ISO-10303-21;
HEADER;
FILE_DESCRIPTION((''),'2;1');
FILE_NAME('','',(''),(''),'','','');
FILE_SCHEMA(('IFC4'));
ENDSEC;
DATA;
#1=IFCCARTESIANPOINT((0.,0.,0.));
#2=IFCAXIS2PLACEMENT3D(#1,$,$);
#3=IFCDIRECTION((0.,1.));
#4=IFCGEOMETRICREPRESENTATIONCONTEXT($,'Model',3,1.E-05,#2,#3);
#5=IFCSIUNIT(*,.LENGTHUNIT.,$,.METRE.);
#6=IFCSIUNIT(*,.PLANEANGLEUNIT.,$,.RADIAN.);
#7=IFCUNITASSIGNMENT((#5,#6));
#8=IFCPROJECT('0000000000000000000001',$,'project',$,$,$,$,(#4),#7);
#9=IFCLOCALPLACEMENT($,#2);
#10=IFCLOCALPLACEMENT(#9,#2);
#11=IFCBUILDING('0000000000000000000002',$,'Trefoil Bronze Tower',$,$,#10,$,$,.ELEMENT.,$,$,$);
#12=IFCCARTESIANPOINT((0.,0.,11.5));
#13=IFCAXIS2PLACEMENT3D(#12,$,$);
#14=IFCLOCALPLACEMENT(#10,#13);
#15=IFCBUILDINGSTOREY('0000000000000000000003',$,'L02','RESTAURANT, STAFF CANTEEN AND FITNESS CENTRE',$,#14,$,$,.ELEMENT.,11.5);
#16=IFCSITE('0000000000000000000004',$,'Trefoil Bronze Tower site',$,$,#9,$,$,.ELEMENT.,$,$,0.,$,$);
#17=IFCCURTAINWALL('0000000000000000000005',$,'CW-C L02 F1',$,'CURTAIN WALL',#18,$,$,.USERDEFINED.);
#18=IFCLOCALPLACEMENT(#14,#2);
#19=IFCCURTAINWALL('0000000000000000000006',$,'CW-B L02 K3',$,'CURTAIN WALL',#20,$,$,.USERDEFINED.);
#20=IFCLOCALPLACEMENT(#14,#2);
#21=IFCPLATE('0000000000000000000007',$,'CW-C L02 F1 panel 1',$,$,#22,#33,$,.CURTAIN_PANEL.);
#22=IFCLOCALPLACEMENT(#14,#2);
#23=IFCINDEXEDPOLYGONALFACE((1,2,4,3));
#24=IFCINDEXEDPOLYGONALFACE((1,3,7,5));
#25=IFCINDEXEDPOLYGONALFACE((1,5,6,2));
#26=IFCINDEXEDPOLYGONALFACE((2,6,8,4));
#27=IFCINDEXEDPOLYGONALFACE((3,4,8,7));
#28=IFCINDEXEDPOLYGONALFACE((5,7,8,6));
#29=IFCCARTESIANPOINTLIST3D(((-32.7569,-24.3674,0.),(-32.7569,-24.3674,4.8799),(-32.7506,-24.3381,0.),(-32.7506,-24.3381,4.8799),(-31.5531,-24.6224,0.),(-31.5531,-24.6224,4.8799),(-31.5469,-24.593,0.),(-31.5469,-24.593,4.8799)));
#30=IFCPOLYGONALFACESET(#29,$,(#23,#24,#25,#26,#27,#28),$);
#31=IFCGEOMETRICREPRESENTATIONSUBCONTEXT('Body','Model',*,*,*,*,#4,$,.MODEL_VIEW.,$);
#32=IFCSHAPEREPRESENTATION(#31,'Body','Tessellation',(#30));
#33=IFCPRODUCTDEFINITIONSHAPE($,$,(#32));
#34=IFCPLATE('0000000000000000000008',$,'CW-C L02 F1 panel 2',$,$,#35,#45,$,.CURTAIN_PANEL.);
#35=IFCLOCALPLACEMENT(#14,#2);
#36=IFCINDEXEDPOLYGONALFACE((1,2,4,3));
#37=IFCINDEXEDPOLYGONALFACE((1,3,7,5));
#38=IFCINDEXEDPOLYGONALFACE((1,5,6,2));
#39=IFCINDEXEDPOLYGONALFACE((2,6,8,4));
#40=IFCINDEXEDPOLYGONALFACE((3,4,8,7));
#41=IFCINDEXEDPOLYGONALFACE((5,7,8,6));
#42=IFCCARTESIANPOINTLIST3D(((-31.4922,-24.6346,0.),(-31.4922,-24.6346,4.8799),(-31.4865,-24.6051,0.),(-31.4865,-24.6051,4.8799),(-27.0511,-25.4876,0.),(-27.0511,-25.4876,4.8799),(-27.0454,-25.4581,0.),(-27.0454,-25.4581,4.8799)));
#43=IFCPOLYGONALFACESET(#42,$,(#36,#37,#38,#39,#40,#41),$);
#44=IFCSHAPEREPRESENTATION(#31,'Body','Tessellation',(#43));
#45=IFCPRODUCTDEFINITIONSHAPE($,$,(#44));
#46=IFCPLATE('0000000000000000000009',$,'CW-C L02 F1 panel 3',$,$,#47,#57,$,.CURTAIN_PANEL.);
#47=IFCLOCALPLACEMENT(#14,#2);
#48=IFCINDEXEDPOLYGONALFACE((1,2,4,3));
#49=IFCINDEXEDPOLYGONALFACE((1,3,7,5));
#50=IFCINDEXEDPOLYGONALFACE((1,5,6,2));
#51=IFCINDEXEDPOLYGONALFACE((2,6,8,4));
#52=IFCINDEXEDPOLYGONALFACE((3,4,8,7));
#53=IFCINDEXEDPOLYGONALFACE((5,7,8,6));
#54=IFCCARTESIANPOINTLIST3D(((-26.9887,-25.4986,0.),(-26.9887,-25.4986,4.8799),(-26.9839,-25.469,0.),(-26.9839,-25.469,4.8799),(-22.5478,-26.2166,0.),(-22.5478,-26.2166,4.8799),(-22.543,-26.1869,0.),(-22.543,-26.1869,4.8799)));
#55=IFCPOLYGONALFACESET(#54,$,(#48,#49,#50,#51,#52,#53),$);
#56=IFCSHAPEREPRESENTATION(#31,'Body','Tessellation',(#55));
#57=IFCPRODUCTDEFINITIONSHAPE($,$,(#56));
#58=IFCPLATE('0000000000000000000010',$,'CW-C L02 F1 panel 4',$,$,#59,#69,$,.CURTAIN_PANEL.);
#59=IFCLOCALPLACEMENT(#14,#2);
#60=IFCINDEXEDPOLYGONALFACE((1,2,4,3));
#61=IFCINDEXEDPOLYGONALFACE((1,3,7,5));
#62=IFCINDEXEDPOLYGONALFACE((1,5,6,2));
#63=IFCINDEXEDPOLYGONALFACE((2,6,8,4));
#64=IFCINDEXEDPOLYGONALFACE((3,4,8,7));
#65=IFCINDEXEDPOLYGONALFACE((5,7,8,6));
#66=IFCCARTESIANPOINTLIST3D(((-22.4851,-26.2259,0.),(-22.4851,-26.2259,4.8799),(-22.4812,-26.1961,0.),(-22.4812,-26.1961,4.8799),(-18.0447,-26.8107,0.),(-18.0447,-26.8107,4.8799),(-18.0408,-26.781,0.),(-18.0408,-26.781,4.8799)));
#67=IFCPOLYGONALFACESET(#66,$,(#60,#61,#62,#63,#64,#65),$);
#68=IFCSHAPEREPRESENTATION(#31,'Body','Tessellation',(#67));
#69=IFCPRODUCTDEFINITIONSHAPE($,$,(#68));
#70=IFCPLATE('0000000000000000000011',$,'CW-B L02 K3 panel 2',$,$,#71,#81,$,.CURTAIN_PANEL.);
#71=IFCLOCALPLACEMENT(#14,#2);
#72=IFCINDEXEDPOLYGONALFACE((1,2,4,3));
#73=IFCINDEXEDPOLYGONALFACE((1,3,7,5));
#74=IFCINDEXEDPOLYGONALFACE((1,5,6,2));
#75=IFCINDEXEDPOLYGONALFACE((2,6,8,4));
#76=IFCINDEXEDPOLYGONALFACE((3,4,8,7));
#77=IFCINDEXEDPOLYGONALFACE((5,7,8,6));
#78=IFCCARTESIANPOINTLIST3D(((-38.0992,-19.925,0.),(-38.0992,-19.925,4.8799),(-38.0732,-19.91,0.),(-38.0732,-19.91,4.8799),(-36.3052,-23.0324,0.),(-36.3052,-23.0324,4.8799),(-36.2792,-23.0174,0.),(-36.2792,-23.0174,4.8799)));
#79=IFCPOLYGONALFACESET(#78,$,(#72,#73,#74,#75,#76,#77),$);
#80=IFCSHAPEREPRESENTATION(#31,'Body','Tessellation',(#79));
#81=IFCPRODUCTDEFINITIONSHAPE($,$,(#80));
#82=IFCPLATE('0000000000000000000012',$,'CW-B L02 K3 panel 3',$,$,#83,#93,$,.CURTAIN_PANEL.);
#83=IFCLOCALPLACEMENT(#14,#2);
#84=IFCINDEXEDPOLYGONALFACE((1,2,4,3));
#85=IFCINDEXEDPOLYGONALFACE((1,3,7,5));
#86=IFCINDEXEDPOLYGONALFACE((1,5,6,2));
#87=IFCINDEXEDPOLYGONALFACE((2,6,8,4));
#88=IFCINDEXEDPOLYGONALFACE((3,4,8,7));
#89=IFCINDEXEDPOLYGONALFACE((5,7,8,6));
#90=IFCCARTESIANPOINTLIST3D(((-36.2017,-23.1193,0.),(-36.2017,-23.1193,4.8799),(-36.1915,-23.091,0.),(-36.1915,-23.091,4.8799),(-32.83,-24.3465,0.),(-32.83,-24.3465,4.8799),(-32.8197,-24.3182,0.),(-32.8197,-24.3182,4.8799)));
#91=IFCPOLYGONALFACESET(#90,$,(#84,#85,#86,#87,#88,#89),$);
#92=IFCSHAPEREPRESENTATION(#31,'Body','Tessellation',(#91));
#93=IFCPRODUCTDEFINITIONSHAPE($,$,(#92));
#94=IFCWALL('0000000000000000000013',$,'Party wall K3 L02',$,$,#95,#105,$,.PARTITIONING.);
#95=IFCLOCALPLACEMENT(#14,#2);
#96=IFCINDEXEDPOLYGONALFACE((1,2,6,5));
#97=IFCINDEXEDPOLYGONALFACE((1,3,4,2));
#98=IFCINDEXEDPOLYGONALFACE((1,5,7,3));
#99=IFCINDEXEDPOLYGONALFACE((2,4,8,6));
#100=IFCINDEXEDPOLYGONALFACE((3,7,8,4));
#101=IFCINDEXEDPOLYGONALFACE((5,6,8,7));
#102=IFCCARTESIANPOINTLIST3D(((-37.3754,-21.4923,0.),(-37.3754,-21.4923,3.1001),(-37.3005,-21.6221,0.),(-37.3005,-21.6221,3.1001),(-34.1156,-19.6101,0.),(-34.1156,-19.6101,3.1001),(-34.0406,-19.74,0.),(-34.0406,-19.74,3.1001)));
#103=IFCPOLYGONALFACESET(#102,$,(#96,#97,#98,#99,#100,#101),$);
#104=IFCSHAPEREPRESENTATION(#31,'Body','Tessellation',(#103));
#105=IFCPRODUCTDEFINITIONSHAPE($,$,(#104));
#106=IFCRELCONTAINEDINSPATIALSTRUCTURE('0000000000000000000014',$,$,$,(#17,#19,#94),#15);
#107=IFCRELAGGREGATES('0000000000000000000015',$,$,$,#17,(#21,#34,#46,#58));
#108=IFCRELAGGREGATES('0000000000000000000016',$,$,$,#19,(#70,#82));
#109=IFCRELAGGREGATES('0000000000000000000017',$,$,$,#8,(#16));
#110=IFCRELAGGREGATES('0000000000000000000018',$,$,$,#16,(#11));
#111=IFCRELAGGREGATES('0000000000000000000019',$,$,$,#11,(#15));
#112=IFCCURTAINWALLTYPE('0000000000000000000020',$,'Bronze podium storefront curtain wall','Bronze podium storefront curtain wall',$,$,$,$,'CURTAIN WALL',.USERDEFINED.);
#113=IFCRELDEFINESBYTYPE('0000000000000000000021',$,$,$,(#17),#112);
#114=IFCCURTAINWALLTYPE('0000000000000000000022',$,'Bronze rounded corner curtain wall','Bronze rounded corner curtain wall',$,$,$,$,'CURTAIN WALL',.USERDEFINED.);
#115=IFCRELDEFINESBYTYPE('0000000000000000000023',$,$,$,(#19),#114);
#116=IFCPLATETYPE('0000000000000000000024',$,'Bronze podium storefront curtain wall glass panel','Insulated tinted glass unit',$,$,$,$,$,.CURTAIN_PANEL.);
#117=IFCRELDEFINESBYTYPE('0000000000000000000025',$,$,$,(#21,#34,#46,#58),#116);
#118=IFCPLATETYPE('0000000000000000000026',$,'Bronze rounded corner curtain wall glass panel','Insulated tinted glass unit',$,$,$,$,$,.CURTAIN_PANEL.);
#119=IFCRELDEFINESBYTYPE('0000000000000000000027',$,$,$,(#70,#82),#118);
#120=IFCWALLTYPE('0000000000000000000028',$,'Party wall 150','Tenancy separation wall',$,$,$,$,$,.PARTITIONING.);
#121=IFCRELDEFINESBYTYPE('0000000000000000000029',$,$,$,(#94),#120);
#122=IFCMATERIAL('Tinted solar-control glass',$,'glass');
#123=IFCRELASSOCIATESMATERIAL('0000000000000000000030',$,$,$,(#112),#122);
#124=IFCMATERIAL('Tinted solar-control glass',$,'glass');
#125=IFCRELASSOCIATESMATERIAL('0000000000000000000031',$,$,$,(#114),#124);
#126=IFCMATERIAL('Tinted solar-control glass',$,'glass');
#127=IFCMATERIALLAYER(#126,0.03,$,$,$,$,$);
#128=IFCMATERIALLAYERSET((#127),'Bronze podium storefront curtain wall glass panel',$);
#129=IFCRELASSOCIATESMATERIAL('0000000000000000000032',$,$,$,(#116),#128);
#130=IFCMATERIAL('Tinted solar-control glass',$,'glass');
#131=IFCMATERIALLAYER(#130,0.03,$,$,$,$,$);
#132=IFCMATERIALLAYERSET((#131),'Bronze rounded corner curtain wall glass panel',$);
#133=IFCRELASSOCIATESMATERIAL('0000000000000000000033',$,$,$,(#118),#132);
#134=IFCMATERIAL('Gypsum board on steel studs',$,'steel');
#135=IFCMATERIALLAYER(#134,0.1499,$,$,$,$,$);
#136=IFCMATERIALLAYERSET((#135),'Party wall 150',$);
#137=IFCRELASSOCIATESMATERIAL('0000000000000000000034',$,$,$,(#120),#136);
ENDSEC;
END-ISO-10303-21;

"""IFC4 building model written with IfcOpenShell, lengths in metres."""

from ifc_helpers import new_model, si_unit, direction, frame, frame_2d, origin, origin_2d, place, context, subcontext, project, spatial, rectangle, extrude, material, layer, layer_set, type_object, element, aggregate, save


model = new_model("IFC4")

# Units and contexts
model_context = context("Model", 3, precision=1e-05, world=origin(), true_north=direction((0.0, 1.0)))
body_context = subcontext(model_context, "Body", "Model", "MODEL_VIEW")
ifc_project = project(units=[si_unit("LENGTHUNIT", "METRE"), si_unit("PLANEANGLEUNIT", "RADIAN")], contexts=[model_context])

# Site, building, storey
site_placement = place(None, origin())
site = spatial("IfcSite", under=ifc_project, at=site_placement, Name="Trefoil Bronze Tower site", CompositionType="ELEMENT", RefElevation=0.0)
building_placement = place(site_placement, origin())
building = spatial("IfcBuilding", under=site, at=building_placement, Name="Trefoil Bronze Tower", CompositionType="ELEMENT")
storey_placement = place(building_placement, frame((0.0, 0.0, 11.5)))
storey = spatial("IfcBuildingStorey", under=building, at=storey_placement, Name="L02", Description="RESTAURANT, STAFF CANTEEN AND FITNESS CENTRE", CompositionType="ELEMENT", Elevation=11.5)

# Curtain walls
ifc_material_1 = material(Name="Tinted solar-control glass", Category="glass")
curtain_wall_type_1 = type_object("IfcCurtainWallType", Name="Bronze podium storefront curtain wall", Description="Bronze podium storefront curtain wall", ElementType="CURTAIN WALL", PredefinedType="USERDEFINED", material=ifc_material_1)
curtain_wall_1_placement = place(storey_placement, origin())
curtain_wall_1 = element("IfcCurtainWall", 1, at=curtain_wall_1_placement, inside=storey, type_object=curtain_wall_type_1, Name="CW-C L02 F1", ObjectType="CURTAIN WALL", PredefinedType="USERDEFINED")
ifc_material_2 = material(Name="Tinted solar-control glass", Category="glass")
curtain_wall_type_2 = type_object("IfcCurtainWallType", Name="Bronze rounded corner curtain wall", Description="Bronze rounded corner curtain wall", ElementType="CURTAIN WALL", PredefinedType="USERDEFINED", material=ifc_material_2)
curtain_wall_2_placement = place(storey_placement, origin())
curtain_wall_2 = element("IfcCurtainWall", 2, at=curtain_wall_2_placement, inside=storey, type_object=curtain_wall_type_2, Name="CW-B L02 K3", ObjectType="CURTAIN WALL", PredefinedType="USERDEFINED")

# Plates
ifc_material_3 = material(Name="Tinted solar-control glass", Category="glass")
ifc_layer_1 = layer(ifc_material_3, 0.03)
ifc_layer_set_1 = layer_set([ifc_layer_1], Name="Bronze podium storefront curtain wall glass panel")
plate_type_1 = type_object("IfcPlateType", Name="Bronze podium storefront curtain wall glass panel", Description="Insulated tinted glass unit", PredefinedType="CURTAIN_PANEL", material=ifc_layer_set_1)
plate_1_placement = place(storey_placement, frame((-32.1519, -24.4802, 0.0), z_axis=(0.0, 0.0, 1.0), x_axis=(0.978303, -0.207181, 0.0)))
plate_1 = element("IfcPlate", 3, at=plate_1_placement, type_object=plate_type_1, Name="CW-C L02 F1 panel 1", PredefinedType="CURTAIN_PANEL", context=body_context, shape_type="SweptSolid", body=[
    extrude(rectangle(XDim=1.2305, YDim=0.03, at=origin_2d()), origin(), (0.0, 0.0, 1.0), 4.8799),
])
plate_2_placement = place(storey_placement, frame((-29.2688, -25.0464, 0.0), z_axis=(0.0, 0.0, 1.0), x_axis=(0.98205, -0.188622, 0.0)))
plate_2 = element("IfcPlate", 4, at=plate_2_placement, type_object=plate_type_1, Name="CW-C L02 F1 panel 2", PredefinedType="CURTAIN_PANEL", context=body_context, shape_type="SweptSolid", body=[
    extrude(rectangle(XDim=4.5222, YDim=0.03, at=origin_2d()), origin(), (0.0, 0.0, 1.0), 4.8799),
])
plate_3_placement = place(storey_placement, frame((-24.7659, -25.8428, 0.0), z_axis=(0.0, 0.0, 1.0), x_axis=(0.987181, -0.159603, 0.0)))
plate_3 = element("IfcPlate", 5, at=plate_3_placement, type_object=plate_type_1, Name="CW-C L02 F1 panel 3", PredefinedType="CURTAIN_PANEL", context=body_context, shape_type="SweptSolid", body=[
    extrude(rectangle(XDim=4.4985, YDim=0.03, at=origin_2d()), origin(), (0.0, 0.0, 1.0), 4.8799),
])
plate_4_placement = place(storey_placement, frame((-20.2629, -26.5034, 0.0), z_axis=(0.0, 0.0, 1.0), x_axis=(0.991437, -0.130584, 0.0)))
plate_4 = element("IfcPlate", 6, at=plate_4_placement, type_object=plate_type_1, Name="CW-C L02 F1 panel 4", PredefinedType="CURTAIN_PANEL", context=body_context, shape_type="SweptSolid", body=[
    extrude(rectangle(XDim=4.4788, YDim=0.03, at=origin_2d()), origin(), (0.0, 0.0, 1.0), 4.8799),
])
aggregate(curtain_wall_1, [plate_1, plate_2, plate_3, plate_4])
ifc_material_4 = material(Name="Tinted solar-control glass", Category="glass")
ifc_layer_2 = layer(ifc_material_4, 0.03)
ifc_layer_set_2 = layer_set([ifc_layer_2], Name="Bronze rounded corner curtain wall glass panel")
plate_type_2 = type_object("IfcPlateType", Name="Bronze rounded corner curtain wall glass panel", Description="Insulated tinted glass unit", PredefinedType="CURTAIN_PANEL", material=ifc_layer_set_2)
plate_5_placement = place(storey_placement, frame((-37.1892, -21.4712, 0.0), z_axis=(0.0, 0.0, 1.0), x_axis=(0.5, -0.866025, 0.0)))
plate_5 = element("IfcPlate", 7, at=plate_5_placement, type_object=plate_type_2, Name="CW-B L02 K3 panel 2", PredefinedType="CURTAIN_PANEL", context=body_context, shape_type="SweptSolid", body=[
    extrude(rectangle(XDim=3.5881, YDim=0.03, at=origin_2d()), origin(), (0.0, 0.0, 1.0), 4.8799),
])
plate_6_placement = place(storey_placement, frame((-34.5107, -23.7188, 0.0), z_axis=(0.0, 0.0, 1.0), x_axis=(0.939693, -0.34202, 0.0)))
plate_6 = element("IfcPlate", 8, at=plate_6_placement, type_object=plate_type_2, Name="CW-B L02 K3 panel 3", PredefinedType="CURTAIN_PANEL", context=body_context, shape_type="SweptSolid", body=[
    extrude(rectangle(XDim=3.5881, YDim=0.03, at=origin_2d()), origin(), (0.0, 0.0, 1.0), 4.8799),
])
aggregate(curtain_wall_2, [plate_5, plate_6])

# Wall
ifc_material_5 = material(Name="Gypsum board on steel studs", Category="steel")
ifc_layer_3 = layer(ifc_material_5, 0.1499)
ifc_layer_set_3 = layer_set([ifc_layer_3], Name="Party wall 150")
wall_type = type_object("IfcWallType", Name="Party wall 150", Description="Tenancy separation wall", PredefinedType="PARTITIONING", material=ifc_layer_set_3)
wall_placement = place(storey_placement, frame((-34.0781, -19.675, 0.0), z_axis=(0.0, 0.0, 1.0), x_axis=(-0.866019, -0.500011, 0.0)))
element("IfcWall", 9, at=wall_placement, inside=storey, type_object=wall_type, Name="Party wall K3 L02", PredefinedType="PARTITIONING", context=body_context, shape_type="SweptSolid", body=[
    extrude(rectangle(XDim=3.7642, YDim=0.1499, at=frame_2d((1.8821, 0.0))), origin(), (0.0, 0.0, 1.0), 3.1001),
])

save(model, "model.ifc")
